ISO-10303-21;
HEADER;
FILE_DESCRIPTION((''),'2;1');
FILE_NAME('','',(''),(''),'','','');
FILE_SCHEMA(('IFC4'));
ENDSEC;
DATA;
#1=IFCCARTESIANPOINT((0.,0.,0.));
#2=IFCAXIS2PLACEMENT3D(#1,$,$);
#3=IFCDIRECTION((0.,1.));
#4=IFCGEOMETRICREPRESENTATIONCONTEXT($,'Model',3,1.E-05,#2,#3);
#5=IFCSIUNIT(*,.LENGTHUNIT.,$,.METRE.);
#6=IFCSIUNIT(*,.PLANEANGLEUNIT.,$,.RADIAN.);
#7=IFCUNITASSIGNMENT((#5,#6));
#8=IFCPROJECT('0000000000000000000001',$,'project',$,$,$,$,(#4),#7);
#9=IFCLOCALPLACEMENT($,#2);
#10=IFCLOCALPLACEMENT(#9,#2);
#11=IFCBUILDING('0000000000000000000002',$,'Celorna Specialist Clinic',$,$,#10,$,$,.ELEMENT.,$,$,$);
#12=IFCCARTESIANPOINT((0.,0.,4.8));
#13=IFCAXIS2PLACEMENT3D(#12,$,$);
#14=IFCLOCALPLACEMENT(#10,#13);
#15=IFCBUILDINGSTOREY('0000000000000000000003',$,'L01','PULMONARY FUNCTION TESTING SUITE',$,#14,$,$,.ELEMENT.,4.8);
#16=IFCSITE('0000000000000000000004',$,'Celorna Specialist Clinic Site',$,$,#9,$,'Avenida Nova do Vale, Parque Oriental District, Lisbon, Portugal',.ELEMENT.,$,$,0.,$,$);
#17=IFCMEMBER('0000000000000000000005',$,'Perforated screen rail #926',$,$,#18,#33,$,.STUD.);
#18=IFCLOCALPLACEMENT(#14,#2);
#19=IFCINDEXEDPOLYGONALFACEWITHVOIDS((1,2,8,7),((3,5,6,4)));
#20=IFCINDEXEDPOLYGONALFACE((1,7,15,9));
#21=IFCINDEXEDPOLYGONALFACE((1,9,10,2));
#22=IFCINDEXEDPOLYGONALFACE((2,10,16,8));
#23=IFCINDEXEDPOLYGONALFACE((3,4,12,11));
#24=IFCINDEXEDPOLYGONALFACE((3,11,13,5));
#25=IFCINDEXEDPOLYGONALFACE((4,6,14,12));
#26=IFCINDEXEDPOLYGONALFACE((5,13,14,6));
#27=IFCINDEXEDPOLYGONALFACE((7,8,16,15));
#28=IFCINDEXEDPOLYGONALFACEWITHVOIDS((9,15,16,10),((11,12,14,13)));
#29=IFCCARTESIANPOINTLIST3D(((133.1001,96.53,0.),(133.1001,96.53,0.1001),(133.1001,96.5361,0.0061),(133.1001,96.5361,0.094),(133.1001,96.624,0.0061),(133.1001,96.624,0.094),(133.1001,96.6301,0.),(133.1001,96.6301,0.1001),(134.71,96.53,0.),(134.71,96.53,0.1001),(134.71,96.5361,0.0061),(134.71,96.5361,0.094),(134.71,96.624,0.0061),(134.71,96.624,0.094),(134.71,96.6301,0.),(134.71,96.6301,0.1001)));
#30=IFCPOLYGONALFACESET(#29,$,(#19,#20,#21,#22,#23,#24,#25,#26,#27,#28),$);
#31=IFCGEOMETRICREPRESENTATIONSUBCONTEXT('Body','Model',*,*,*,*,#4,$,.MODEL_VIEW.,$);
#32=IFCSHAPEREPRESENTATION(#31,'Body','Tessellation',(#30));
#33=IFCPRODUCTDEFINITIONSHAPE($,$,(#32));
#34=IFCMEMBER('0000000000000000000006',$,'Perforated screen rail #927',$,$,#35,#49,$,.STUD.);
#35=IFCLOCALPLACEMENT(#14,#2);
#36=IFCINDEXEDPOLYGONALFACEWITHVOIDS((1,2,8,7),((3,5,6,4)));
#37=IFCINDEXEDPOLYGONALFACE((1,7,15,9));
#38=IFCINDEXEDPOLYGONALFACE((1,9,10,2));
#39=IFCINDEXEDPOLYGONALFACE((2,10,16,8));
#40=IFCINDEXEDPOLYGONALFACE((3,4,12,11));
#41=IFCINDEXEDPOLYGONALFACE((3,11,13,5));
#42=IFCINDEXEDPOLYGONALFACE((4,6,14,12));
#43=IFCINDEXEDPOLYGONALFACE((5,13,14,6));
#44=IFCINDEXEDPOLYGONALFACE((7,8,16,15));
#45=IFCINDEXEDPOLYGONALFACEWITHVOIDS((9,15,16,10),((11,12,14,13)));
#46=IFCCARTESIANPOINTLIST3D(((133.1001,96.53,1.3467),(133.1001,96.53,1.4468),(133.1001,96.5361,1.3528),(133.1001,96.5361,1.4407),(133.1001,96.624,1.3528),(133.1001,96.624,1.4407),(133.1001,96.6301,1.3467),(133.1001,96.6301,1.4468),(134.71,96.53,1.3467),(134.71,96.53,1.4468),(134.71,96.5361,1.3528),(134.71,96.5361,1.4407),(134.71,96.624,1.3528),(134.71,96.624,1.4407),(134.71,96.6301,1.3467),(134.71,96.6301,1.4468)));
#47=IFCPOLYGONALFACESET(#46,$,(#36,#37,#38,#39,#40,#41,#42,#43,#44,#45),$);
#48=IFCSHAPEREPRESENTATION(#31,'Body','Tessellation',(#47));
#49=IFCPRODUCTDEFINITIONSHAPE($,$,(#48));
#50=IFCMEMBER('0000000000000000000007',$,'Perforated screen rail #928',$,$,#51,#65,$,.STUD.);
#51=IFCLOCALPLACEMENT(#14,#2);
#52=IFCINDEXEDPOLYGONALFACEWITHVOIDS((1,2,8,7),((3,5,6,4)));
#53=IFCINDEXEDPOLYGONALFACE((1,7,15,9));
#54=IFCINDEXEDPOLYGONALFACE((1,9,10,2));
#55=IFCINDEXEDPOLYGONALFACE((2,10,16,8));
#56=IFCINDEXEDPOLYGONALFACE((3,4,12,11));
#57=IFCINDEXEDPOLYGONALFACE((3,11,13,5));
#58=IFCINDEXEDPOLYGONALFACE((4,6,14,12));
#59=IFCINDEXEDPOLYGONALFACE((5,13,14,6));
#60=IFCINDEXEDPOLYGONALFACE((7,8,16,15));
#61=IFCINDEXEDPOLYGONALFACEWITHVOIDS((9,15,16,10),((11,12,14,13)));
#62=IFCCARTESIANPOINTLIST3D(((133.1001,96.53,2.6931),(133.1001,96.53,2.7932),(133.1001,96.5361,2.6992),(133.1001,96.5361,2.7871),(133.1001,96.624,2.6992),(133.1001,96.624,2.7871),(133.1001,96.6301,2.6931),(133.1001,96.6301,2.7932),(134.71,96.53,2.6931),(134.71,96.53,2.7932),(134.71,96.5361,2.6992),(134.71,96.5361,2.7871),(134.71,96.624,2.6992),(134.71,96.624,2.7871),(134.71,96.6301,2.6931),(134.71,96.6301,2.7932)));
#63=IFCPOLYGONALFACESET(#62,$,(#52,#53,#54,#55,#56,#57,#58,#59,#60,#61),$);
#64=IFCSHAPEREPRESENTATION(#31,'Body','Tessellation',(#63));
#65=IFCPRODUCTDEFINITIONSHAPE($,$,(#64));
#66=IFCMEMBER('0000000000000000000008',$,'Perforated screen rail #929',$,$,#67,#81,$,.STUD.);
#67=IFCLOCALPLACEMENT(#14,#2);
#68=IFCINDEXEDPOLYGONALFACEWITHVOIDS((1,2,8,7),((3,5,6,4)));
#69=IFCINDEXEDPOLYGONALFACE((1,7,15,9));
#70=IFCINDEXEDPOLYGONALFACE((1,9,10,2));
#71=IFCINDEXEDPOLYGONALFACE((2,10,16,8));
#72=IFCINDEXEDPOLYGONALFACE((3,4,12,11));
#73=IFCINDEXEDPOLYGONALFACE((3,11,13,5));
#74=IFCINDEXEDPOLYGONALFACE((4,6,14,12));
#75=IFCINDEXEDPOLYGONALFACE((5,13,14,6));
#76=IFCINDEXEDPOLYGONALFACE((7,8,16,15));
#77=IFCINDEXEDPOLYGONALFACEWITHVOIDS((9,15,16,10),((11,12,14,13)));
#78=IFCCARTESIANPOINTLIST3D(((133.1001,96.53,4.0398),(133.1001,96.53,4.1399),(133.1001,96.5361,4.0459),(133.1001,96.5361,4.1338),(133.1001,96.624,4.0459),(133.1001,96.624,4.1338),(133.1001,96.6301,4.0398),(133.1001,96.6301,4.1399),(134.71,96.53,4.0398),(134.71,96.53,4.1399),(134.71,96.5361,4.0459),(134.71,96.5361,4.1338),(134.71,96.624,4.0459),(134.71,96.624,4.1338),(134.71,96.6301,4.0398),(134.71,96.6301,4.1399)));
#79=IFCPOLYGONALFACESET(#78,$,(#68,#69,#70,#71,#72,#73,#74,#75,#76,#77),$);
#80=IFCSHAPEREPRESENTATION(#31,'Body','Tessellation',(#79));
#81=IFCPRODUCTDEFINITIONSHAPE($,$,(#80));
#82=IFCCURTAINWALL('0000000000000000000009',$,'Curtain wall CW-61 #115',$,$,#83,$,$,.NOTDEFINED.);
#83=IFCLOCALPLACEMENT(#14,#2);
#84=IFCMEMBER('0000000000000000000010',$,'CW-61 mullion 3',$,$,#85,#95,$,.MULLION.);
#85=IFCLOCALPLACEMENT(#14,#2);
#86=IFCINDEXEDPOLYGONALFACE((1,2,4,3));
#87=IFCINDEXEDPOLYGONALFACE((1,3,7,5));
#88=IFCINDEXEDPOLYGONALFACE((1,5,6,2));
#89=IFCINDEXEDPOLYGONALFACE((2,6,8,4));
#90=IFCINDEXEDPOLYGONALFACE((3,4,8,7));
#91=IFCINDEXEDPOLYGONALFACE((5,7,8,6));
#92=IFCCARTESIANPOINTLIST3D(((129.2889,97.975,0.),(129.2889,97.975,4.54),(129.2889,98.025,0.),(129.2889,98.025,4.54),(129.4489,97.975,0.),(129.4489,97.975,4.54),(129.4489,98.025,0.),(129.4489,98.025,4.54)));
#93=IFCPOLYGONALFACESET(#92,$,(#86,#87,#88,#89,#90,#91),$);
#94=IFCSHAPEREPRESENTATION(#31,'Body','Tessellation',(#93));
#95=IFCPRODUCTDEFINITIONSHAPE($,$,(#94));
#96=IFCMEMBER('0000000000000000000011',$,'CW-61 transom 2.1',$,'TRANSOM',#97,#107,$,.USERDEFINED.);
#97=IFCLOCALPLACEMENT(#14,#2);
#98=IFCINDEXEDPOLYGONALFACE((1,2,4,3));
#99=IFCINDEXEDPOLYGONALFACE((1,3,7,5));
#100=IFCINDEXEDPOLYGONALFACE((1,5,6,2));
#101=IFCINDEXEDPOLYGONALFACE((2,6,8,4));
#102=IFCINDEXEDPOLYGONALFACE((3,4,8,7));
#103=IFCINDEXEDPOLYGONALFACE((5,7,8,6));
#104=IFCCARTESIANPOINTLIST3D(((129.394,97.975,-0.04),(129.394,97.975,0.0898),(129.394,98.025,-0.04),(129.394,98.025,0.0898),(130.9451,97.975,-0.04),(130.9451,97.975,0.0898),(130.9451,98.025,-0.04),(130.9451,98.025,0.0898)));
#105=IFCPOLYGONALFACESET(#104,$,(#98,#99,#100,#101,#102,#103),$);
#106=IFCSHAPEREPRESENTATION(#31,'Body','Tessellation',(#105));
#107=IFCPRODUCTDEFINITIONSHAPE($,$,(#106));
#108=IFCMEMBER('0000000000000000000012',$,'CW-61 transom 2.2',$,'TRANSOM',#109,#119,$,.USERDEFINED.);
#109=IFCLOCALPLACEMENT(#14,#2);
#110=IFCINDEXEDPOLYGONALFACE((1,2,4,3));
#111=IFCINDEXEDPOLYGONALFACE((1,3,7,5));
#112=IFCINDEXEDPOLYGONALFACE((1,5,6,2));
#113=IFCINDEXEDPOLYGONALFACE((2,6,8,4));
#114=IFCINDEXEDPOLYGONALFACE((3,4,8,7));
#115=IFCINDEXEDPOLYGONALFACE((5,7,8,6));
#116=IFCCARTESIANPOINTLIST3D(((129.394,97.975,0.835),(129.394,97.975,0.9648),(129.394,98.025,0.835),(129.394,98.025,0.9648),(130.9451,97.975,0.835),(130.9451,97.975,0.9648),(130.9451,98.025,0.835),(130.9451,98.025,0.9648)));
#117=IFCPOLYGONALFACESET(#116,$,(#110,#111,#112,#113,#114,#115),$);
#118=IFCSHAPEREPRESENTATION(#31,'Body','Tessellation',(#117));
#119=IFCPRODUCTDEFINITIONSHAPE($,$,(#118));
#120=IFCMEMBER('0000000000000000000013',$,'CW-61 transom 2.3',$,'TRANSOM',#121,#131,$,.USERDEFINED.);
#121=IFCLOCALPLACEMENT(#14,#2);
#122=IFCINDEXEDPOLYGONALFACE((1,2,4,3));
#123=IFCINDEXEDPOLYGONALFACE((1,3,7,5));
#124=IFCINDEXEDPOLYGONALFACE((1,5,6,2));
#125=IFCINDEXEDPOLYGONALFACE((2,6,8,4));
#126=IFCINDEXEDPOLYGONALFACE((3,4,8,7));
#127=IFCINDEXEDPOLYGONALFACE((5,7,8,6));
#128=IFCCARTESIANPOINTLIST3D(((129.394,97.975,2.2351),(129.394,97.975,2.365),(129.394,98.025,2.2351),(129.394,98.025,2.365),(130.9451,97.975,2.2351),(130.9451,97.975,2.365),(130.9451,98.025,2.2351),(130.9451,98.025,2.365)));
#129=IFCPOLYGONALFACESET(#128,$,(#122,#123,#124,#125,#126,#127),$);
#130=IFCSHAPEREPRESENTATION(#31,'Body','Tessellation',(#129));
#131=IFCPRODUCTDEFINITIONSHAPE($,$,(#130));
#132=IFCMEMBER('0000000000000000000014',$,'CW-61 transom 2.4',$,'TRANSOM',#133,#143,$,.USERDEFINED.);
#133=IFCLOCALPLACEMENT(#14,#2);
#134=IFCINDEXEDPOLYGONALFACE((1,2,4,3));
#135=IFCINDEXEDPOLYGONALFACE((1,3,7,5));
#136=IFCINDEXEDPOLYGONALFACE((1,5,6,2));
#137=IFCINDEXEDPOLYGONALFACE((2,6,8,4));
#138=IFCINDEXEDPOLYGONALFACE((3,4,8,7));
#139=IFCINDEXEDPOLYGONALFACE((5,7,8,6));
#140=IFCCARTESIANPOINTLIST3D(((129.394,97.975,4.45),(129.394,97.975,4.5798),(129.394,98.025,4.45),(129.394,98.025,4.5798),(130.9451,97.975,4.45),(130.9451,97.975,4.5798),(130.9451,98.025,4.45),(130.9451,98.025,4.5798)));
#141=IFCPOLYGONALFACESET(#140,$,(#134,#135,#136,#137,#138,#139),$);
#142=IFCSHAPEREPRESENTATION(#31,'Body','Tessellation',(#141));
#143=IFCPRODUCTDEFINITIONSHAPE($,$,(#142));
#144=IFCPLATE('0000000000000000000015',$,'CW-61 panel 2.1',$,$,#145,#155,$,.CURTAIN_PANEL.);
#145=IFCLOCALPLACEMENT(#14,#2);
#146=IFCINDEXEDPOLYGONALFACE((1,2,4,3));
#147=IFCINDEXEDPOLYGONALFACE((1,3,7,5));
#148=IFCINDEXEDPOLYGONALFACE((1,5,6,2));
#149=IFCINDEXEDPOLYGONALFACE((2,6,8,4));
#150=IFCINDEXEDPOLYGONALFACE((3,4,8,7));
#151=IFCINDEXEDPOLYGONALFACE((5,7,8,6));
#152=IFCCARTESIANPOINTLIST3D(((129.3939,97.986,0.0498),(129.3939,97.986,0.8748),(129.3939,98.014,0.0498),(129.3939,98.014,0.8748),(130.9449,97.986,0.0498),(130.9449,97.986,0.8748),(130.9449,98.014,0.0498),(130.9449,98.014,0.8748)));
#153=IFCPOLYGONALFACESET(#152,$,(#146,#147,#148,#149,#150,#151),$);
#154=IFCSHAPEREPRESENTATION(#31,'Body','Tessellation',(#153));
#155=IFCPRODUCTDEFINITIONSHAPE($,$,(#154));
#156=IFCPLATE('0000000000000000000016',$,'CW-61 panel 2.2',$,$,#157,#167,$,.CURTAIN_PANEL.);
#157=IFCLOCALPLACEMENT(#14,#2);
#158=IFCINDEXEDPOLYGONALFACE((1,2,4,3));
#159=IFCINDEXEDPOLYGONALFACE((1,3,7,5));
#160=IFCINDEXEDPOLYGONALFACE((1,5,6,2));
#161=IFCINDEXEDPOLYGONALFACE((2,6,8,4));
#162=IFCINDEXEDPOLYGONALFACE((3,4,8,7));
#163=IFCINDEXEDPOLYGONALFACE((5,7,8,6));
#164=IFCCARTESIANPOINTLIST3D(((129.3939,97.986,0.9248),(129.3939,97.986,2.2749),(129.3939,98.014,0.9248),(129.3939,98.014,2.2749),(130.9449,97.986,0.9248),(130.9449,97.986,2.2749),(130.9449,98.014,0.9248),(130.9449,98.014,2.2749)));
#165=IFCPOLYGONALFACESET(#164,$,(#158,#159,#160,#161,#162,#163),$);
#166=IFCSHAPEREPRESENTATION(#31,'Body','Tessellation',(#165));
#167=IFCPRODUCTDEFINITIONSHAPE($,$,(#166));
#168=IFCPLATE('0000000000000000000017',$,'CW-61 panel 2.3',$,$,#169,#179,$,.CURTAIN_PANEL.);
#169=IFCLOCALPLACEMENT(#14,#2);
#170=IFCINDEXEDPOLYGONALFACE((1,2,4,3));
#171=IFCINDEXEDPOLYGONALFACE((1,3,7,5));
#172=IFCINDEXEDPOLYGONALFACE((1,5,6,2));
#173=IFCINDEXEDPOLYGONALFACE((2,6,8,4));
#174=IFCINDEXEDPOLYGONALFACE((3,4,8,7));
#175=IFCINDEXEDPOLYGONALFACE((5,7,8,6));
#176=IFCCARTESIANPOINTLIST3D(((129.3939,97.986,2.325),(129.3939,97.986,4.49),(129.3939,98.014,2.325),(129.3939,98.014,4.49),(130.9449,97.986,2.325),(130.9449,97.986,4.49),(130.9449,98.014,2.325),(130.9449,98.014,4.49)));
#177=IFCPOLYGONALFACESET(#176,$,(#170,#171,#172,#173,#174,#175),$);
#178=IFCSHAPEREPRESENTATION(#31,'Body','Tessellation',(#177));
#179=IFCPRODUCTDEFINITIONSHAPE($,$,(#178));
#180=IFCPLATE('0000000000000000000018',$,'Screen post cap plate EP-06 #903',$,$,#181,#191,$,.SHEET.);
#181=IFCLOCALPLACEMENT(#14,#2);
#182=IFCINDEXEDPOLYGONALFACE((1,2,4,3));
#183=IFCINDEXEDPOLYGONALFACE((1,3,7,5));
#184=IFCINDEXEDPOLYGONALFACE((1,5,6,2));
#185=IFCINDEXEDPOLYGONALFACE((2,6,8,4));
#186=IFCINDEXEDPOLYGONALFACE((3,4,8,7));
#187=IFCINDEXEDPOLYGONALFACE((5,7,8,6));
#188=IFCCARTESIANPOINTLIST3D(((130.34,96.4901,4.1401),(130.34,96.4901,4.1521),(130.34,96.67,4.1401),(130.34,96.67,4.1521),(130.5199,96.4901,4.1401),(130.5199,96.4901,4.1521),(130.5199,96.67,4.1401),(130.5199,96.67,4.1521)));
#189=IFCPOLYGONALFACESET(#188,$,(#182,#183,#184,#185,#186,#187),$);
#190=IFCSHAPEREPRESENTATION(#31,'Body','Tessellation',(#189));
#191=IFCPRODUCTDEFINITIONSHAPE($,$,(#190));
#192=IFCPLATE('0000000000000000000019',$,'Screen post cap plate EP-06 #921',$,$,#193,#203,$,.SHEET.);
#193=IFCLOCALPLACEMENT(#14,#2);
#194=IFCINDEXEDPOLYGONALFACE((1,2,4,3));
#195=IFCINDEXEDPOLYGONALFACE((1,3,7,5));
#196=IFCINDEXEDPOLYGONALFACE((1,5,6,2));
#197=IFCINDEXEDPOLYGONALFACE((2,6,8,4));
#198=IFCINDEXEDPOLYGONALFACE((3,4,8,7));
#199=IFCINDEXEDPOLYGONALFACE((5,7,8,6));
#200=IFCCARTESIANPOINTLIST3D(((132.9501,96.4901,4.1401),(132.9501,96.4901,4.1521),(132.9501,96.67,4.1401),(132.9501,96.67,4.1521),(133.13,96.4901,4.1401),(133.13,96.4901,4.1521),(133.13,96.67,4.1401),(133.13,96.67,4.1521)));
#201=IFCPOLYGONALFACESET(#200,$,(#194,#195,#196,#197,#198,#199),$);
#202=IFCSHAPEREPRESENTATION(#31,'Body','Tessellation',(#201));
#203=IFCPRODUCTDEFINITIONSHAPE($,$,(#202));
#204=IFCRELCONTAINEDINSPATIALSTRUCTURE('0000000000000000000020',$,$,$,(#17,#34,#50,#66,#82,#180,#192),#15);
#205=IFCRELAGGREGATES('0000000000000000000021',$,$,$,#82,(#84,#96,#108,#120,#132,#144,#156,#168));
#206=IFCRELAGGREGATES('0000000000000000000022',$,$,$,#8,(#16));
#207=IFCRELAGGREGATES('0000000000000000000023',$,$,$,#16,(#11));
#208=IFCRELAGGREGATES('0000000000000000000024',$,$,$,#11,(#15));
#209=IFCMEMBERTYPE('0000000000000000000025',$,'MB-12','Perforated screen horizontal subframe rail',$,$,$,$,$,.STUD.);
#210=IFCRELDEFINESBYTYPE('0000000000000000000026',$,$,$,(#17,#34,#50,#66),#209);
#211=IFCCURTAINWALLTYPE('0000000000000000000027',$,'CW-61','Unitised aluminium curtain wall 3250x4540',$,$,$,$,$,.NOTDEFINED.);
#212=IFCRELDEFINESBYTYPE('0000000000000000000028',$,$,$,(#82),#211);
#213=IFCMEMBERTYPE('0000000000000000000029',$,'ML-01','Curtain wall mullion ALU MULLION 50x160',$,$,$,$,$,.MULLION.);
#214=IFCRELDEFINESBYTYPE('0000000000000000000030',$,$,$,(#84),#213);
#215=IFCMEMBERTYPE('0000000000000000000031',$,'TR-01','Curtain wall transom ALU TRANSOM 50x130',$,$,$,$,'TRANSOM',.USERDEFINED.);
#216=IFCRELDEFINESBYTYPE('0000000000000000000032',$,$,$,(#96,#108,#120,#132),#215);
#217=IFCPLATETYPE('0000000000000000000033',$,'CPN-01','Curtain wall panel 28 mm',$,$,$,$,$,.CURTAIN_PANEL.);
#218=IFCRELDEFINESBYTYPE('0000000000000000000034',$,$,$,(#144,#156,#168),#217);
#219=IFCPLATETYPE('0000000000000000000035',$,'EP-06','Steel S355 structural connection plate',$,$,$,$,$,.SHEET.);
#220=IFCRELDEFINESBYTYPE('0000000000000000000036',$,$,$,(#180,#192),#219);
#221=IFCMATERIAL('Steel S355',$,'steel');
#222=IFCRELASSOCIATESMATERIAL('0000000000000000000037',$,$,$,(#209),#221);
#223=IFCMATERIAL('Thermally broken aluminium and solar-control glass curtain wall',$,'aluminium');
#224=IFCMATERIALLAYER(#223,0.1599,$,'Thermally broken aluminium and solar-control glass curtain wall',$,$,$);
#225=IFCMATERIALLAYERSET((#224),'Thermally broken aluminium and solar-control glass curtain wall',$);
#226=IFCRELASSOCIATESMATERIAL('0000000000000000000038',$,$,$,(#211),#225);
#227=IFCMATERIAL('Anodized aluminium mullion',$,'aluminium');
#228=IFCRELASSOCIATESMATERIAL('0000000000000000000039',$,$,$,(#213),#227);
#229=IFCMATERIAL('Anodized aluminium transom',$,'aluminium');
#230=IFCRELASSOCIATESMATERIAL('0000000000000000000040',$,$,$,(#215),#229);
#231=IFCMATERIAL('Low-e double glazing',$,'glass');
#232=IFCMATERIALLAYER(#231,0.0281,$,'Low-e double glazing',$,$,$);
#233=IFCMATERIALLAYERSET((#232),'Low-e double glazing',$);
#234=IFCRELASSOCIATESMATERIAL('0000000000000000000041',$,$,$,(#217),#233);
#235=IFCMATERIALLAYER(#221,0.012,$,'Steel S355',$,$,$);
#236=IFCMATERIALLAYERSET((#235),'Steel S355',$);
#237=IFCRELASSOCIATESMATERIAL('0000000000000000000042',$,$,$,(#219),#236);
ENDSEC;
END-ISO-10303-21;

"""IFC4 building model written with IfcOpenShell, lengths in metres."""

from ifc_helpers import new_model, si_unit, direction, frame, origin, origin_2d, place, context, subcontext, project, spatial, rectangle, hollow_rectangle, extrude, material, layer, layer_set, material_profile, profile_set, type_object, element, aggregate, save


model = new_model("IFC4")

# Units and contexts
model_context = context("Model", 3, precision=1e-05, world=origin(), true_north=direction((0.0, 1.0)))
body_context = subcontext(model_context, "Body", "Model", "MODEL_VIEW")
ifc_project = project(units=[si_unit("LENGTHUNIT", "METRE"), si_unit("PLANEANGLEUNIT", "RADIAN")], contexts=[model_context])

# Site, building, storey
site_placement = place(None, origin())
site = spatial("IfcSite", under=ifc_project, at=site_placement, Name="Celorna Specialist Clinic Site", LongName="Avenida Nova do Vale, Parque Oriental District, Lisbon, Portugal", CompositionType="ELEMENT", RefElevation=0.0)
building_placement = place(site_placement, origin())
building = spatial("IfcBuilding", under=site, at=building_placement, Name="Celorna Specialist Clinic", CompositionType="ELEMENT")
storey_placement = place(building_placement, frame((0.0, 0.0, 4.8)))
storey = spatial("IfcBuildingStorey", under=building, at=storey_placement, Name="L01", Description="PULMONARY FUNCTION TESTING SUITE", CompositionType="ELEMENT", Elevation=4.8)

# Shared definitions
ifc_material_1 = material(Name="Steel S355", Category="steel")

# Members
ifc_material_profile_1 = material_profile(ifc_material_1, hollow_rectangle(XDim=0.1001, YDim=0.1001, WallThickness=0.0061, at=origin_2d()), Name="SHS 100x100x6")
ifc_profile_set_1 = profile_set([ifc_material_profile_1], Name="Steel S355")
member_type_1 = type_object("IfcMemberType", Name="MB-12", Description="Perforated screen horizontal subframe rail", PredefinedType="STUD", material=ifc_profile_set_1)
for number, where, z_axis, x_axis, name in (
    (1, (133.1001, 96.5801, 0.05), (1.0, 0.0, 0.0), (0.0, 1.0, 0.0), "Perforated screen rail #926"),
    (2, (133.1001, 96.5801, 1.3967), (1.0, 0.0, 0.0), (0.0, 1.0, 0.0), "Perforated screen rail #927"),
    (3, (133.1001, 96.5801, 2.7432), (1.0, 0.0, 0.0), (0.0, 1.0, 0.0), "Perforated screen rail #928"),
    (4, (133.1001, 96.5801, 4.0898), (1.0, 0.0, 0.0), (0.0, 1.0, 0.0), "Perforated screen rail #929"),
):
    element("IfcMember", number, at=place(storey_placement, frame(where, z_axis=z_axis, x_axis=x_axis)), inside=storey, type_object=member_type_1, Name=name, PredefinedType="STUD", context=body_context, shape_type="SweptSolid", body=[
        extrude(hollow_rectangle(XDim=0.1001, YDim=0.1001, WallThickness=0.0061, at=origin_2d()), origin(), (0.0, 0.0, 1.0), 1.6099),
    ])

# Curtain wall, members, plates
ifc_material_2 = material(Name="Thermally broken aluminium and solar-control glass curtain wall", Category="aluminium")
ifc_layer_1 = layer(ifc_material_2, 0.1599, Name="Thermally broken aluminium and solar-control glass curtain wall")
ifc_layer_set_1 = layer_set([ifc_layer_1], Name="Thermally broken aluminium and solar-control glass curtain wall")
curtain_wall_type = type_object("IfcCurtainWallType", Name="CW-61", Description="Unitised aluminium curtain wall 3250x4540", PredefinedType="NOTDEFINED", material=ifc_layer_set_1)
curtain_wall_placement = place(storey_placement, origin())
curtain_wall = element("IfcCurtainWall", 5, at=curtain_wall_placement, inside=storey, type_object=curtain_wall_type, Name="Curtain wall CW-61 #115", PredefinedType="NOTDEFINED")
ifc_material_3 = material(Name="Anodized aluminium mullion", Category="aluminium")
ifc_material_profile_2 = material_profile(ifc_material_3, rectangle(XDim=0.05, YDim=0.1599, at=origin_2d()), Name="ALU MULLION 50x160")
ifc_profile_set_2 = profile_set([ifc_material_profile_2], Name="Anodized aluminium mullion")
member_type_2 = type_object("IfcMemberType", Name="ML-01", Description="Curtain wall mullion ALU MULLION 50x160", PredefinedType="MULLION", material=ifc_profile_set_2)
member_1_placement = place(storey_placement, frame((129.3689, 98.0, 0.0), z_axis=(0.0, 0.0, 1.0), x_axis=(0.0, -1.0, 0.0)))
member_1 = element("IfcMember", 6, at=member_1_placement, type_object=member_type_2, Name="CW-61 mullion 3", PredefinedType="MULLION", context=body_context, shape_type="SweptSolid", body=[
    extrude(rectangle(XDim=0.05, YDim=0.1599, at=origin_2d()), origin(), (0.0, 0.0, 1.0), 4.54),
])
ifc_material_4 = material(Name="Anodized aluminium transom", Category="aluminium")
ifc_material_profile_3 = material_profile(ifc_material_4, rectangle(XDim=0.05, YDim=0.1299, at=origin_2d()), Name="ALU TRANSOM 50x130")
ifc_profile_set_3 = profile_set([ifc_material_profile_3], Name="Anodized aluminium transom")
member_type_3 = type_object("IfcMemberType", Name="TR-01", Description="Curtain wall transom ALU TRANSOM 50x130", ElementType="TRANSOM", PredefinedType="USERDEFINED", material=ifc_profile_set_3)
member_2_placement = place(storey_placement, frame((130.9451, 98.0, 0.0249), z_axis=(-1.0, 0.0, 0.0), x_axis=(0.0, -1.0, 0.0)))
member_2 = element("IfcMember", 7, at=member_2_placement, type_object=member_type_3, Name="CW-61 transom 2.1", ObjectType="TRANSOM", PredefinedType="USERDEFINED", context=body_context, shape_type="SweptSolid", body=[
    extrude(rectangle(XDim=0.05, YDim=0.1299, at=origin_2d()), origin(), (0.0, 0.0, 1.0), 1.551),
])
member_3_placement = place(storey_placement, frame((130.9451, 98.0, 0.8999), z_axis=(-1.0, 0.0, 0.0), x_axis=(0.0, -1.0, 0.0)))
member_3 = element("IfcMember", 8, at=member_3_placement, type_object=member_type_3, Name="CW-61 transom 2.2", ObjectType="TRANSOM", PredefinedType="USERDEFINED", context=body_context, shape_type="SweptSolid", body=[
    extrude(rectangle(XDim=0.05, YDim=0.1299, at=origin_2d()), origin(), (0.0, 0.0, 1.0), 1.551),
])
member_4_placement = place(storey_placement, frame((130.9451, 98.0, 2.3), z_axis=(-1.0, 0.0, 0.0), x_axis=(0.0, -1.0, 0.0)))
member_4 = element("IfcMember", 9, at=member_4_placement, type_object=member_type_3, Name="CW-61 transom 2.3", ObjectType="TRANSOM", PredefinedType="USERDEFINED", context=body_context, shape_type="SweptSolid", body=[
    extrude(rectangle(XDim=0.05, YDim=0.1299, at=origin_2d()), origin(), (0.0, 0.0, 1.0), 1.551),
])
member_5_placement = place(storey_placement, frame((130.9451, 98.0, 4.5149), z_axis=(-1.0, 0.0, 0.0), x_axis=(0.0, -1.0, 0.0)))
member_5 = element("IfcMember", 10, at=member_5_placement, type_object=member_type_3, Name="CW-61 transom 2.4", ObjectType="TRANSOM", PredefinedType="USERDEFINED", context=body_context, shape_type="SweptSolid", body=[
    extrude(rectangle(XDim=0.05, YDim=0.1299, at=origin_2d()), origin(), (0.0, 0.0, 1.0), 1.551),
])
ifc_material_5 = material(Name="Low-e double glazing", Category="glass")
ifc_layer_2 = layer(ifc_material_5, 0.0281, Name="Low-e double glazing")
ifc_layer_set_2 = layer_set([ifc_layer_2], Name="Low-e double glazing")
plate_type_1 = type_object("IfcPlateType", Name="CPN-01", Description="Curtain wall panel 28 mm", PredefinedType="CURTAIN_PANEL", material=ifc_layer_set_2)
plate_1_placement = place(storey_placement, frame((130.1694, 98.0, 0.0498), z_axis=(0.0, 0.0, 1.0), x_axis=(-1.0, 0.0, 0.0)))
plate_1 = element("IfcPlate", 11, at=plate_1_placement, type_object=plate_type_1, Name="CW-61 panel 2.1", PredefinedType="CURTAIN_PANEL", context=body_context, shape_type="SweptSolid", body=[
    extrude(rectangle(XDim=1.551, YDim=0.0281, at=origin_2d()), origin(), (0.0, 0.0, 1.0), 0.825),
])
plate_2_placement = place(storey_placement, frame((130.1694, 98.0, 0.9248), z_axis=(0.0, 0.0, 1.0), x_axis=(-1.0, 0.0, 0.0)))
plate_2 = element("IfcPlate", 12, at=plate_2_placement, type_object=plate_type_1, Name="CW-61 panel 2.2", PredefinedType="CURTAIN_PANEL", context=body_context, shape_type="SweptSolid", body=[
    extrude(rectangle(XDim=1.551, YDim=0.0281, at=origin_2d()), origin(), (0.0, 0.0, 1.0), 1.3501),
])
plate_3_placement = place(storey_placement, frame((130.1694, 98.0, 2.325), z_axis=(0.0, 0.0, 1.0), x_axis=(-1.0, 0.0, 0.0)))
plate_3 = element("IfcPlate", 13, at=plate_3_placement, type_object=plate_type_1, Name="CW-61 panel 2.3", PredefinedType="CURTAIN_PANEL", context=body_context, shape_type="SweptSolid", body=[
    extrude(rectangle(XDim=1.551, YDim=0.0281, at=origin_2d()), origin(), (0.0, 0.0, 1.0), 2.165),
])
aggregate(curtain_wall, [member_1, member_2, member_3, member_4, member_5, plate_1, plate_2, plate_3])

# Plates
ifc_layer_3 = layer(ifc_material_1, 0.012, Name="Steel S355")
ifc_layer_set_3 = layer_set([ifc_layer_3], Name="Steel S355")
plate_type_2 = type_object("IfcPlateType", Name="EP-06", Description="Steel S355 structural connection plate", PredefinedType="SHEET", material=ifc_layer_set_3)
for number, where, z_axis, x_axis, name in (
    (14, (130.4299, 96.5801, 4.1401), (0.0, 0.0, 1.0), (1.0, 0.0, 0.0), "Screen post cap plate EP-06 #903"),
    (15, (133.04, 96.5801, 4.1401), (0.0, 0.0, 1.0), (1.0, 0.0, 0.0), "Screen post cap plate EP-06 #921"),
):
    element("IfcPlate", number, at=place(storey_placement, frame(where, z_axis=z_axis, x_axis=x_axis)), inside=storey, type_object=plate_type_2, Name=name, PredefinedType="SHEET", context=body_context, shape_type="SweptSolid", body=[
        extrude(rectangle(XDim=0.1799, YDim=0.1799, at=origin_2d()), origin(), (0.0, 0.0, 1.0), 0.012),
    ])

save(model, "model.ifc")
